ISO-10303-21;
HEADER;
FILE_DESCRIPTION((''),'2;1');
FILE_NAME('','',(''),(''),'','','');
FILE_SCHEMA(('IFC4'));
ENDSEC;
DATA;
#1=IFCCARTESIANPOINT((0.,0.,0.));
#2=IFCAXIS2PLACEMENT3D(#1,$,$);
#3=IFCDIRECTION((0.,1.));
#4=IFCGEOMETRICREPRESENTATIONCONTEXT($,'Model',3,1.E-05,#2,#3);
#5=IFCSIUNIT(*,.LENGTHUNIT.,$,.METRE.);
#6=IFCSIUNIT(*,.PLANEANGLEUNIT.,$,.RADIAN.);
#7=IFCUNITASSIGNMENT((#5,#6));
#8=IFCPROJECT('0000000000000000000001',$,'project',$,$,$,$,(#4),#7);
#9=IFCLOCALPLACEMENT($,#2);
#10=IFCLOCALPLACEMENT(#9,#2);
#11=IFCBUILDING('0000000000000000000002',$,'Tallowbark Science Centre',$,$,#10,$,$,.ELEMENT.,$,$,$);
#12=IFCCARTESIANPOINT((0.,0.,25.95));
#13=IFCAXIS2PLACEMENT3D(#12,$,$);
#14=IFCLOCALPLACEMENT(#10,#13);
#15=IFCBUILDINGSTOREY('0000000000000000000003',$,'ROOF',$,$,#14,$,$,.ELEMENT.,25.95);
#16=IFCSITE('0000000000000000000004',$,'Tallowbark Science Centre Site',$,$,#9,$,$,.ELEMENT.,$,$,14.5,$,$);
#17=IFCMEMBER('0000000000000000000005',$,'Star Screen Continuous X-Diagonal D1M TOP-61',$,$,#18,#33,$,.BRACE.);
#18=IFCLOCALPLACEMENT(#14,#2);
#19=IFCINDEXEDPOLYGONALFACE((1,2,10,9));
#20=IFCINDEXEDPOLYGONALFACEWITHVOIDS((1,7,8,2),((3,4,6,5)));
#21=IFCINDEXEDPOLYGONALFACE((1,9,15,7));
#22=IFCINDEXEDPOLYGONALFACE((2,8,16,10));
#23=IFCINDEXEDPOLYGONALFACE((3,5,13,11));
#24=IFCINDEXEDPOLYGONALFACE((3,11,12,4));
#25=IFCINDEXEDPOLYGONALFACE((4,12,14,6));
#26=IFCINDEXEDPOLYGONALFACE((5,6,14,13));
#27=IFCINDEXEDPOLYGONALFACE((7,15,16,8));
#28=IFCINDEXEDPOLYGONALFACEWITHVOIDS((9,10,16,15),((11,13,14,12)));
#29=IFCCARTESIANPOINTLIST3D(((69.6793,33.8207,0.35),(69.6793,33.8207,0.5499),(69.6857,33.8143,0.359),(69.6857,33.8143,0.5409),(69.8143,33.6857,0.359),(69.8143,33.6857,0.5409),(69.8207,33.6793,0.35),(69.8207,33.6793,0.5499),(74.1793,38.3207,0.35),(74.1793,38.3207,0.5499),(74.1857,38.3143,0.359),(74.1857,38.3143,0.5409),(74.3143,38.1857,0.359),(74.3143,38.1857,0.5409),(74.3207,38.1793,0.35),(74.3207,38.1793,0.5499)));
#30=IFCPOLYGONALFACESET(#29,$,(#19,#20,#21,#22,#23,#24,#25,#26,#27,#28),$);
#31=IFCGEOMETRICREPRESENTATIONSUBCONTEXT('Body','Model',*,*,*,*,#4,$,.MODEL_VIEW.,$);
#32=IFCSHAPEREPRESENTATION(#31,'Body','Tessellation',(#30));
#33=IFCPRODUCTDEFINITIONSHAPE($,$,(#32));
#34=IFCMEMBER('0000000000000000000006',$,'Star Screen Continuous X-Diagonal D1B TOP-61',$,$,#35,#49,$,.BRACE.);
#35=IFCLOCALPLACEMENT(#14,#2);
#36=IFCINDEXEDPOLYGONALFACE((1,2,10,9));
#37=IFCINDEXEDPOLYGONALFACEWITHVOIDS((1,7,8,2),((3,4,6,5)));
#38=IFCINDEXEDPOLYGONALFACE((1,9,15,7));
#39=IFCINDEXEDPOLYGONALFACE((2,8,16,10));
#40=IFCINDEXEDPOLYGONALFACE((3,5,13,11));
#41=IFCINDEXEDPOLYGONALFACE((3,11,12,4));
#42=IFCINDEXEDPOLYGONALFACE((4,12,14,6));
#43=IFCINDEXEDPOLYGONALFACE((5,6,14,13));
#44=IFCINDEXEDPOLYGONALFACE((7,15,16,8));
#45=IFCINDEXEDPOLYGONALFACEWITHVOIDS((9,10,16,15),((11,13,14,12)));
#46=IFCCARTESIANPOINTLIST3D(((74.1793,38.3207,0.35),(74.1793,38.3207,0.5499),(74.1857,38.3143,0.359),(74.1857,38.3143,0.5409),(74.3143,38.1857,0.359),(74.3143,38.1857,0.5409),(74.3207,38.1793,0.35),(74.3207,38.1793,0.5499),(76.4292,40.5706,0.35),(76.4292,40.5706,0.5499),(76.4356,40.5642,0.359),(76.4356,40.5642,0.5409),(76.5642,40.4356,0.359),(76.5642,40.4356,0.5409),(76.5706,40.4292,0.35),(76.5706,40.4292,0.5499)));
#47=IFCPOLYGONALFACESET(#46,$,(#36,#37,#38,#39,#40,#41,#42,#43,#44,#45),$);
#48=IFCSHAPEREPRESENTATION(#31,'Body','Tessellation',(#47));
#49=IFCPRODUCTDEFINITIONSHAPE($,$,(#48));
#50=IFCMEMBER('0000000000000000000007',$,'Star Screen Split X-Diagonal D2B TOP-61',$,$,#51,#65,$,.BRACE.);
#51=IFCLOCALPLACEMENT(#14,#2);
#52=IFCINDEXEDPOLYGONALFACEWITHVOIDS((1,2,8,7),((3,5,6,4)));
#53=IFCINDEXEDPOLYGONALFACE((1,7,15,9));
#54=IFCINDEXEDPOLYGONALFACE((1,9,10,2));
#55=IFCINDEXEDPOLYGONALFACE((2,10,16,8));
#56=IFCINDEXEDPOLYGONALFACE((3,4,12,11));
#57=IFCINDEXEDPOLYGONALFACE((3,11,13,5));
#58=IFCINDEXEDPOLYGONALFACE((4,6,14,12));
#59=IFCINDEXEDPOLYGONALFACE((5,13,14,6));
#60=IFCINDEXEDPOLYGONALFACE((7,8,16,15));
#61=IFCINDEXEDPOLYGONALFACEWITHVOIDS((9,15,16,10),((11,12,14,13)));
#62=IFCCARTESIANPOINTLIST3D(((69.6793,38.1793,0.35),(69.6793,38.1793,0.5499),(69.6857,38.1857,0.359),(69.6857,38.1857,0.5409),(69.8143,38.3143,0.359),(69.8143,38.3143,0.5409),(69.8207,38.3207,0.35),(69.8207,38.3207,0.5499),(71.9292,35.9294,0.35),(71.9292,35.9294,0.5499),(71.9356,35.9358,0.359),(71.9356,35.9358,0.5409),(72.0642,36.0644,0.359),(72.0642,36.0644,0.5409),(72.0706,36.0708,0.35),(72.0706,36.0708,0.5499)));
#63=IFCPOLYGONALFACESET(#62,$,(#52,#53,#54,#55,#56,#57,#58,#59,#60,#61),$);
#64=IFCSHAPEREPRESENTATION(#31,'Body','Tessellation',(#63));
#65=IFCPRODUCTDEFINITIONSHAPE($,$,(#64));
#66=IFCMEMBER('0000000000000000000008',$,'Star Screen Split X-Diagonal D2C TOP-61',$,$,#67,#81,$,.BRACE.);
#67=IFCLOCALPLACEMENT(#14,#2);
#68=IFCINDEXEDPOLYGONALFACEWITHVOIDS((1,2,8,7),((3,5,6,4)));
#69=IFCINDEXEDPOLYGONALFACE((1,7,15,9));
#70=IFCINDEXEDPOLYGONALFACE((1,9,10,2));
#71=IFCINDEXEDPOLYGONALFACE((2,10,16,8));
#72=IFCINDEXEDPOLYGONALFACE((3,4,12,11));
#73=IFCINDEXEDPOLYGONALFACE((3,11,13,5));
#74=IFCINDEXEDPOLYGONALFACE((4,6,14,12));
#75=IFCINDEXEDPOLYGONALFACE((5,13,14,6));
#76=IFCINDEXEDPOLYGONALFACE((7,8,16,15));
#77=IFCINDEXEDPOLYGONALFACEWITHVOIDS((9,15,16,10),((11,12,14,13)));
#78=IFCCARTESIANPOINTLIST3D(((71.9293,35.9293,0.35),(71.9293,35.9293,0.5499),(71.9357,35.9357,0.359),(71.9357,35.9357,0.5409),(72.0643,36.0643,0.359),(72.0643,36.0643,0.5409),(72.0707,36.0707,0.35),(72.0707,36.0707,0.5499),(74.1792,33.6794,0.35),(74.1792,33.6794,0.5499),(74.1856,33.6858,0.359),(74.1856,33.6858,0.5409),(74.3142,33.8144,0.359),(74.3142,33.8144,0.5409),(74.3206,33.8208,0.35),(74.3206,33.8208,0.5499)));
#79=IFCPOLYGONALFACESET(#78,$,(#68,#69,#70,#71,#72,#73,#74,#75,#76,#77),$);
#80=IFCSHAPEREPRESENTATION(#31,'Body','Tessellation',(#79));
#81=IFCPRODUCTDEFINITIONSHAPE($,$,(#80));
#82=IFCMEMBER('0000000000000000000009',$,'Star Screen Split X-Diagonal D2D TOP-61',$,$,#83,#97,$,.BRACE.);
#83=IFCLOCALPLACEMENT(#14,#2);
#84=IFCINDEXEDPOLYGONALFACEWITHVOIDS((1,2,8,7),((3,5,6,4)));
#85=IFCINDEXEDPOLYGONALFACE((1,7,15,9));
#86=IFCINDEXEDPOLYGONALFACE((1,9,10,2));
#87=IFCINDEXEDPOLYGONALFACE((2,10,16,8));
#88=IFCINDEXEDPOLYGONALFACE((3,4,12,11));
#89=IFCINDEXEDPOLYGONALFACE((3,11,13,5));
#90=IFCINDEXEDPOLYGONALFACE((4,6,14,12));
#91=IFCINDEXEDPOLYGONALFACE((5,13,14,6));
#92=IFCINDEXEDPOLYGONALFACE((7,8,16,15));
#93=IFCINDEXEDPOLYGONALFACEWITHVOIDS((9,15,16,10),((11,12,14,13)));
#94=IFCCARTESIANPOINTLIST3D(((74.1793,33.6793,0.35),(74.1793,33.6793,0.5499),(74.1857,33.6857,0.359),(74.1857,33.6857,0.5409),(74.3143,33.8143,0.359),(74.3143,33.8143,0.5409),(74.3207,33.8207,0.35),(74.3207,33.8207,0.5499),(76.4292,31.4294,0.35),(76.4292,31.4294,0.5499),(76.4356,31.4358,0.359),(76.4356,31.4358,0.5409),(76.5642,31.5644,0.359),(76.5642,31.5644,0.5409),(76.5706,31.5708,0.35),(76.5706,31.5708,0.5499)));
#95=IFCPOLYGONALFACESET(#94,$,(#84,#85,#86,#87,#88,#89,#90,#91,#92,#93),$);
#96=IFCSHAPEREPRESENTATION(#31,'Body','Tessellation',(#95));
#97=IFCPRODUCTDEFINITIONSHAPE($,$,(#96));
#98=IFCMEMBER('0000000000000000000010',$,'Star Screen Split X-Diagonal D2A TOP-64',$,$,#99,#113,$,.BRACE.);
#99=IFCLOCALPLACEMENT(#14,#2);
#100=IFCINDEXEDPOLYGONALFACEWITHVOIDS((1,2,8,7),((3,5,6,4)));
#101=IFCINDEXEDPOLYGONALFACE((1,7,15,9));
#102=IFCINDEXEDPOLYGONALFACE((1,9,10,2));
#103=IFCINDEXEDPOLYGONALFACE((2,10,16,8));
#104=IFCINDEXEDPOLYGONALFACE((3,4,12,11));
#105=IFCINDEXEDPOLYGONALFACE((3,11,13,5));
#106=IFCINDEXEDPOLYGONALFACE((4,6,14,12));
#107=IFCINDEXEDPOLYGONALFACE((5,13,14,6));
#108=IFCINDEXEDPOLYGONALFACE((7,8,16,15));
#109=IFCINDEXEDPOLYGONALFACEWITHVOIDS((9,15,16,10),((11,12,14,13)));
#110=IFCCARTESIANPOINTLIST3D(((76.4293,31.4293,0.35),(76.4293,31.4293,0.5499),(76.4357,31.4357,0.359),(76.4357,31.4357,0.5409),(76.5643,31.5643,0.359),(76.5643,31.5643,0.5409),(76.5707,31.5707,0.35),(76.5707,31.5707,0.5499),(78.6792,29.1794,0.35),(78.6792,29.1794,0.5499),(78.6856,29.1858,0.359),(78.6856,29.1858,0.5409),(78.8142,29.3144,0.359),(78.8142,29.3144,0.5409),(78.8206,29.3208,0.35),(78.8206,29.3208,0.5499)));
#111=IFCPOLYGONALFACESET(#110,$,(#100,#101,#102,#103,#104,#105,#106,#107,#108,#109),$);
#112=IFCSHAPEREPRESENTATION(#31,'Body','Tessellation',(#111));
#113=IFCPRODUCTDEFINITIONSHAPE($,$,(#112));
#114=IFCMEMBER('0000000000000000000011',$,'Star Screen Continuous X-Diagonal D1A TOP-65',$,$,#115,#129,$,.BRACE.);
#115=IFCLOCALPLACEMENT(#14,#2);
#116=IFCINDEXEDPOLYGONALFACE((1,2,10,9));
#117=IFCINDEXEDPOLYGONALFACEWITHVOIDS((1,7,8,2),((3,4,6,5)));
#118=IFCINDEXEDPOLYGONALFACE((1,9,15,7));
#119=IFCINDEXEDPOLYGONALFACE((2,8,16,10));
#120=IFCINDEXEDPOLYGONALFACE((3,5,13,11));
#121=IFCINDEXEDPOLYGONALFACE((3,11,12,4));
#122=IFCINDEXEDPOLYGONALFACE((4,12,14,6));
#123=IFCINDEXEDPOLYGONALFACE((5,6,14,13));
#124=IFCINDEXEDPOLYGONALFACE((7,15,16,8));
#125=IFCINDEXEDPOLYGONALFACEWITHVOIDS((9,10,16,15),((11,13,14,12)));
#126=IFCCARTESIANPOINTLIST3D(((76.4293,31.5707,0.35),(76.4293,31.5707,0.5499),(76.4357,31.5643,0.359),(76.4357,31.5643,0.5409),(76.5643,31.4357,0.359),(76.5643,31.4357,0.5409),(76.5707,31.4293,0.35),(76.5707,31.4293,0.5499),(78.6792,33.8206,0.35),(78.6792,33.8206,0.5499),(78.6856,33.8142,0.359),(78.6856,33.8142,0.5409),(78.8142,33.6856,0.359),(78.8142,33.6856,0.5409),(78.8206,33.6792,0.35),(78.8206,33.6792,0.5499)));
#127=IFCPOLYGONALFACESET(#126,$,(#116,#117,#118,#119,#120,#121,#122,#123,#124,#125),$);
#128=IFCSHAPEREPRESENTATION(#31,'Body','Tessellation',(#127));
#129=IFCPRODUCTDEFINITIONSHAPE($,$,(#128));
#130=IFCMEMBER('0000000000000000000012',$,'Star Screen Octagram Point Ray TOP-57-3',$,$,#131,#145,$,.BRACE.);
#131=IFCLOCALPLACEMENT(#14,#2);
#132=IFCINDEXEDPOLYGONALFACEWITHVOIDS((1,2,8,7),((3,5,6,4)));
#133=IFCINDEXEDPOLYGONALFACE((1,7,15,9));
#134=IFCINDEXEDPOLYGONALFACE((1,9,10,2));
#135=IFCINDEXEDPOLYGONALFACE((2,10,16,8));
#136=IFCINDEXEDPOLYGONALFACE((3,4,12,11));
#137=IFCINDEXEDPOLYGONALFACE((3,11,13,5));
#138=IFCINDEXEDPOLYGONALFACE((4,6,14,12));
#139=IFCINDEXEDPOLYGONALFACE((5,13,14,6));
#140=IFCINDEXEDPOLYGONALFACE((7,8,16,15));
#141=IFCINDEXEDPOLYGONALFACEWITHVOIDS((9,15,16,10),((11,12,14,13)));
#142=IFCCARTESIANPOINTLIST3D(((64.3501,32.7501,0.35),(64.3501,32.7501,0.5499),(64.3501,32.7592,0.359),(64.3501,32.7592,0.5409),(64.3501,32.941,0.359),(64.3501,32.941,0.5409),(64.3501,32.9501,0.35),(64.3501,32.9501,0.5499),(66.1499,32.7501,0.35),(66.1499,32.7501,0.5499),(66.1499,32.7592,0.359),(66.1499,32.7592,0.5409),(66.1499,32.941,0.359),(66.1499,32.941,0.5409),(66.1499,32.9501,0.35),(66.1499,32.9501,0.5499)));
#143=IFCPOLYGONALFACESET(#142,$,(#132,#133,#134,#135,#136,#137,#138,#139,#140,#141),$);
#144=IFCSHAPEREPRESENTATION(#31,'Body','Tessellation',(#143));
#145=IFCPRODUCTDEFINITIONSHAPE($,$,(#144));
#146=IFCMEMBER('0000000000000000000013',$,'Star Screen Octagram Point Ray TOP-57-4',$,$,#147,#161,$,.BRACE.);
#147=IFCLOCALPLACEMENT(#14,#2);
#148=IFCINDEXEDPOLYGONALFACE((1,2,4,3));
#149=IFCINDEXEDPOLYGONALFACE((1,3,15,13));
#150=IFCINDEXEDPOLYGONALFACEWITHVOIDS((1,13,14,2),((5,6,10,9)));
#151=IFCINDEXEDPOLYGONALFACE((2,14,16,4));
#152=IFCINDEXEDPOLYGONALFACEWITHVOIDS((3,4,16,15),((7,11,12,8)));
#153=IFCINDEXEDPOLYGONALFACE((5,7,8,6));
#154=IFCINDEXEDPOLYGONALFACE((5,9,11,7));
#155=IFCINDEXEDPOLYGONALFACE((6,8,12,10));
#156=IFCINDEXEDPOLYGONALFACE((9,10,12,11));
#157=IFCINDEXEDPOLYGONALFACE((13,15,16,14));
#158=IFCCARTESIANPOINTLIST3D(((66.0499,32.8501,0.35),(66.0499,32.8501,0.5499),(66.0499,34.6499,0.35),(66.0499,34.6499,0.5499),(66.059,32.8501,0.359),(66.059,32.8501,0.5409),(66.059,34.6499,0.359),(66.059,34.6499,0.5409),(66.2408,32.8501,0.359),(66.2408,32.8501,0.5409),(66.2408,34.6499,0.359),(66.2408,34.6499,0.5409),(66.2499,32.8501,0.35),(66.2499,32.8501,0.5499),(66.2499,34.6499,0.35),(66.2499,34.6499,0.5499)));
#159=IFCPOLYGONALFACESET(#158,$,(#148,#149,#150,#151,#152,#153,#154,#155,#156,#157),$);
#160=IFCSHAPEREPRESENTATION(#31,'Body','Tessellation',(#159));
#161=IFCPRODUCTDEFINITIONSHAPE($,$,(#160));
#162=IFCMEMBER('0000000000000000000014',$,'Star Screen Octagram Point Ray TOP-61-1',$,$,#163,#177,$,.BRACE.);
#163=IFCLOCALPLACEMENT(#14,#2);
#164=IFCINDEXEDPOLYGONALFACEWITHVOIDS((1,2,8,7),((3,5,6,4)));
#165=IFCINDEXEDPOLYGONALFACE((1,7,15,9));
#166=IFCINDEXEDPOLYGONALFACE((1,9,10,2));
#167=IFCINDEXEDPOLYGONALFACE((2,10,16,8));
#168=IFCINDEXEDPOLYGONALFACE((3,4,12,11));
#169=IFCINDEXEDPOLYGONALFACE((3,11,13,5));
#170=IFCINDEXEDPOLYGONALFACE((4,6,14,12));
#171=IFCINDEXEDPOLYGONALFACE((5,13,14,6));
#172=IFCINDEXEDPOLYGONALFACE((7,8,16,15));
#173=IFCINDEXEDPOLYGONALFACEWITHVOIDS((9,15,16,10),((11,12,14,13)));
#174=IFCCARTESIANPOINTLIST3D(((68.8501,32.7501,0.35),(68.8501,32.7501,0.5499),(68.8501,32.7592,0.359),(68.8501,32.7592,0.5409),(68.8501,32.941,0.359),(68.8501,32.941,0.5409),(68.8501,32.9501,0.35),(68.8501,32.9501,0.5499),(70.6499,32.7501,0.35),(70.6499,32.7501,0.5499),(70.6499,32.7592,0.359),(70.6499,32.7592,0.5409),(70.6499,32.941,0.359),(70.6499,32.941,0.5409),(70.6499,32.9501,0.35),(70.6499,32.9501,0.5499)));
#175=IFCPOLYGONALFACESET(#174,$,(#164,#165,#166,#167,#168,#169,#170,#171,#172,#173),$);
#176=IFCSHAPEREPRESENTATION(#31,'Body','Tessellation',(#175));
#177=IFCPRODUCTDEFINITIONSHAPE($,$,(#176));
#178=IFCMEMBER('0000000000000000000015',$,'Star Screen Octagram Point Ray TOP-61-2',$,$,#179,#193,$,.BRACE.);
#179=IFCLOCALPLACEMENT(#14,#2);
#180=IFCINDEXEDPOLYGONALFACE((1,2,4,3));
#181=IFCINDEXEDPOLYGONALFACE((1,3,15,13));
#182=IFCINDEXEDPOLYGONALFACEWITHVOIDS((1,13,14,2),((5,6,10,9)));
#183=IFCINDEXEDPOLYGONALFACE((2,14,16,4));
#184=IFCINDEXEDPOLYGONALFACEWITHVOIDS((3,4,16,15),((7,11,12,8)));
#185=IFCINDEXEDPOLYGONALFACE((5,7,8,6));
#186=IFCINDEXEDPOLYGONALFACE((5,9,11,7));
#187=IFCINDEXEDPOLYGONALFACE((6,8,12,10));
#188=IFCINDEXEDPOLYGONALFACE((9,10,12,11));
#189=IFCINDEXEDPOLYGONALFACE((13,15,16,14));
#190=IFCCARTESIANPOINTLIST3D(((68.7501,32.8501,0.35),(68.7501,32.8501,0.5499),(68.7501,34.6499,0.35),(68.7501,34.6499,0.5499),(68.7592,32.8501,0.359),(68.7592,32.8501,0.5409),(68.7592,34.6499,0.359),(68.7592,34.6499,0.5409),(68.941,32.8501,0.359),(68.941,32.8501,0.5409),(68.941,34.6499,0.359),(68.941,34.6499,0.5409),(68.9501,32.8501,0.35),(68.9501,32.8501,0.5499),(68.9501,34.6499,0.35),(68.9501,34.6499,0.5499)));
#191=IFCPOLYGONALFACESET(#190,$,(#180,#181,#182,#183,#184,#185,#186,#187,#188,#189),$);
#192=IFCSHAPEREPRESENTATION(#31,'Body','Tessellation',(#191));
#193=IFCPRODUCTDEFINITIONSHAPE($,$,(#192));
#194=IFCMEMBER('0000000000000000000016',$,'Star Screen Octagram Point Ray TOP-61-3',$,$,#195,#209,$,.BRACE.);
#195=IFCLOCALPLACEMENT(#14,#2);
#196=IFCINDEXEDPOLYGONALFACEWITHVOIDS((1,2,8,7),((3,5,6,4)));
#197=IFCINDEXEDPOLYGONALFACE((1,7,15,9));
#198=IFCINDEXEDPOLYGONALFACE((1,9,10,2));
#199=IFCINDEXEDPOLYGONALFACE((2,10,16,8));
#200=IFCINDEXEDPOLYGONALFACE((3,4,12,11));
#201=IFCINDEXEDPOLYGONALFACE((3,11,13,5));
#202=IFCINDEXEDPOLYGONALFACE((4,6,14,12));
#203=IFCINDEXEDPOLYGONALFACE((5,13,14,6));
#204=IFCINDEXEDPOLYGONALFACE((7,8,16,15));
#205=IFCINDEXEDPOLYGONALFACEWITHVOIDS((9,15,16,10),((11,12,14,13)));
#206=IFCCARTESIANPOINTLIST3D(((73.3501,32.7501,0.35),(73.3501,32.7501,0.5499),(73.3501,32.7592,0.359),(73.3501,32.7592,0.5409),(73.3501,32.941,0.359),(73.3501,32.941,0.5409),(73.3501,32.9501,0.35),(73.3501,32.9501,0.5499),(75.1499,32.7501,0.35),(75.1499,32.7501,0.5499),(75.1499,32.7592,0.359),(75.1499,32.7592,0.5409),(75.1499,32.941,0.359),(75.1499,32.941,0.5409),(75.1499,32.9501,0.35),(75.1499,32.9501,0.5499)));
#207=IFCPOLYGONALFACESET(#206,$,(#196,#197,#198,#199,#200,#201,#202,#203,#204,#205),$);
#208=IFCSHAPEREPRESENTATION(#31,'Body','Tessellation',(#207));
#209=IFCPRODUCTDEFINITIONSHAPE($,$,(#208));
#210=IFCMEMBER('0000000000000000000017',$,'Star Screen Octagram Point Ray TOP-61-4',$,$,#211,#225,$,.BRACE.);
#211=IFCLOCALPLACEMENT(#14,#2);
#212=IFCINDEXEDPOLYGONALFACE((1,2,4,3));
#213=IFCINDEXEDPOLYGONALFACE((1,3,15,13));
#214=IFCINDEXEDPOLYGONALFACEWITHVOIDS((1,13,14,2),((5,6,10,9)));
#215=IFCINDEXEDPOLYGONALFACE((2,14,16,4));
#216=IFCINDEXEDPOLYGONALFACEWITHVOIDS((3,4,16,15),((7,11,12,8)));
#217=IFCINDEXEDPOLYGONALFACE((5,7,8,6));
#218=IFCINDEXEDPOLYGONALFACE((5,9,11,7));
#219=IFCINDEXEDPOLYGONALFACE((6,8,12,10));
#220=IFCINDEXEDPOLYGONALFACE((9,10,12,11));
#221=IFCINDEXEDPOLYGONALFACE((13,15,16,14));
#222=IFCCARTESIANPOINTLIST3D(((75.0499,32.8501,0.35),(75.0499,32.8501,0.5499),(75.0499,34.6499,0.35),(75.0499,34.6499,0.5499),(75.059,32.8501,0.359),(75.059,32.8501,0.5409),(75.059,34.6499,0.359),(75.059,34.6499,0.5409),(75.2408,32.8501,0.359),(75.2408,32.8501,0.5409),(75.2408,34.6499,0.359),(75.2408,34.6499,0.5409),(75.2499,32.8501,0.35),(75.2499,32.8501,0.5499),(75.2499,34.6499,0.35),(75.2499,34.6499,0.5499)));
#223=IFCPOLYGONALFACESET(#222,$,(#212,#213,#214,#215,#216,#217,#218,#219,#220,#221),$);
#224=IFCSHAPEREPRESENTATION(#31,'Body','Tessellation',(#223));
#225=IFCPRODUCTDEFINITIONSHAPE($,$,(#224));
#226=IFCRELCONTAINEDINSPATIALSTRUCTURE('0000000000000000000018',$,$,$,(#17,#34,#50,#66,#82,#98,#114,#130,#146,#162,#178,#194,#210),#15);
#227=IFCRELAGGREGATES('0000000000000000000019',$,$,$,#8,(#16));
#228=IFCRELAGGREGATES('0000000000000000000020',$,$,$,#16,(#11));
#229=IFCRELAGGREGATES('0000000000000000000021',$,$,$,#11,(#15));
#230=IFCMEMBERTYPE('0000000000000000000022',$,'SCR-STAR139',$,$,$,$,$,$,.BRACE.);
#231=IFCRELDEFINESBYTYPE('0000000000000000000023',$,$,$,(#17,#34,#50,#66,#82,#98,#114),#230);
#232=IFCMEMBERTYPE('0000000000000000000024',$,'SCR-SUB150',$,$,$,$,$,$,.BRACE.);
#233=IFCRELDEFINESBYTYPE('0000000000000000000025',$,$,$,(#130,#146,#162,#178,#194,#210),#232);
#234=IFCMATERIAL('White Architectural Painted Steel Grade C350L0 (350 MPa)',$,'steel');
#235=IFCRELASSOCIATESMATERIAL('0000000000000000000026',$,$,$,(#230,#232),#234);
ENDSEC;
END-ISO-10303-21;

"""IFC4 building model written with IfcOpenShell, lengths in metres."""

from ifc_helpers import new_model, si_unit, direction, frame, origin, origin_2d, place, context, subcontext, project, spatial, hollow_rectangle, extrude, material, material_profile, profile_set, type_object, element, save


model = new_model("IFC4")

# Units and contexts
model_context = context("Model", 3, precision=1e-05, world=origin(), true_north=direction((0.0, 1.0)))
body_context = subcontext(model_context, "Body", "Model", "MODEL_VIEW")
ifc_project = project(units=[si_unit("LENGTHUNIT", "METRE"), si_unit("PLANEANGLEUNIT", "RADIAN")], contexts=[model_context])

# Site, building, storey
site_placement = place(None, origin())
site = spatial("IfcSite", under=ifc_project, at=site_placement, Name="Tallowbark Science Centre Site", CompositionType="ELEMENT", RefElevation=14.5)
building_placement = place(site_placement, origin())
building = spatial("IfcBuilding", under=site, at=building_placement, Name="Tallowbark Science Centre", CompositionType="ELEMENT")
storey_placement = place(building_placement, frame((0.0, 0.0, 25.95)))
storey = spatial("IfcBuildingStorey", under=building, at=storey_placement, Name="ROOF", CompositionType="ELEMENT", Elevation=25.95)

# Members
ifc_material_1 = material(Name="White Architectural Painted Steel Grade C350L0 (350 MPa)", Category="steel")
ifc_material_profile_1 = material_profile(ifc_material_1, hollow_rectangle(XDim=0.2, YDim=0.2, WallThickness=0.009, at=origin_2d()), Name="200x200x9.0SHS")
ifc_profile_set_1 = profile_set([ifc_material_profile_1], Name="White Architectural Painted Steel Grade C350L0 (350 MPa)")
member_type_1 = type_object("IfcMemberType", Name="SCR-STAR139", PredefinedType="BRACE", material=ifc_profile_set_1)
member_1_placement = place(storey_placement, frame((69.75, 33.75, 0.45), z_axis=(0.707107, 0.707107, 0.0), x_axis=(-0.707107, 0.707107, 0.0)))
element("IfcMember", 1, at=member_1_placement, inside=storey, type_object=member_type_1, Name="Star Screen Continuous X-Diagonal D1M TOP-61", PredefinedType="BRACE", context=body_context, shape_type="SweptSolid", body=[
    extrude(hollow_rectangle(XDim=0.2, YDim=0.2, WallThickness=0.009, at=origin_2d()), origin(), (0.0, 0.0, 1.0), 6.364),
])
for number, where, z_axis, x_axis, name in (
    (2, (74.25, 38.25, 0.45), (0.707107, 0.707107, 0.0), (-0.707107, 0.707107, 0.0), "Star Screen Continuous X-Diagonal D1B TOP-61"),
    (3, (69.75, 38.25, 0.45), (0.707107, -0.707107, 0.0), (0.707107, 0.707107, 0.0), "Star Screen Split X-Diagonal D2B TOP-61"),
    (4, (72.0, 36.0, 0.45), (0.707107, -0.707107, 0.0), (0.707107, 0.707107, 0.0), "Star Screen Split X-Diagonal D2C TOP-61"),
    (5, (74.25, 33.75, 0.45), (0.707107, -0.707107, 0.0), (0.707107, 0.707107, 0.0), "Star Screen Split X-Diagonal D2D TOP-61"),
    (6, (76.5, 31.5, 0.45), (0.707107, -0.707107, 0.0), (0.707107, 0.707107, 0.0), "Star Screen Split X-Diagonal D2A TOP-64"),
    (7, (76.5, 31.5, 0.45), (0.707107, 0.707107, 0.0), (-0.707107, 0.707107, 0.0), "Star Screen Continuous X-Diagonal D1A TOP-65"),
):
    element("IfcMember", number, at=place(storey_placement, frame(where, z_axis=z_axis, x_axis=x_axis)), inside=storey, type_object=member_type_1, Name=name, PredefinedType="BRACE", context=body_context, shape_type="SweptSolid", body=[
        extrude(hollow_rectangle(XDim=0.2, YDim=0.2, WallThickness=0.009, at=origin_2d()), origin(), (0.0, 0.0, 1.0), 3.1819),
    ])
ifc_material_profile_2 = material_profile(ifc_material_1, hollow_rectangle(XDim=0.2, YDim=0.2, WallThickness=0.009, at=origin_2d()), Name="200x200x9.0SHS")
ifc_profile_set_2 = profile_set([ifc_material_profile_2], Name="White Architectural Painted Steel Grade C350L0 (350 MPa)")
member_type_2 = type_object("IfcMemberType", Name="SCR-SUB150", PredefinedType="BRACE", material=ifc_profile_set_2)
for number, where, z_axis, x_axis, name in (
    (8, (66.1499, 32.8501, 0.45), (-1.0, 0.0, 0.0), (0.0, -1.0, 0.0), "Star Screen Octagram Point Ray TOP-57-3"),
    (9, (66.1499, 32.8501, 0.45), (0.0, 1.0, 0.0), (-1.0, 0.0, 0.0), "Star Screen Octagram Point Ray TOP-57-4"),
    (10, (68.8501, 32.8501, 0.45), (1.0, 0.0, 0.0), (0.0, 1.0, 0.0), "Star Screen Octagram Point Ray TOP-61-1"),
    (11, (68.8501, 32.8501, 0.45), (0.0, 1.0, 0.0), (-1.0, 0.0, 0.0), "Star Screen Octagram Point Ray TOP-61-2"),
    (12, (75.1499, 32.8501, 0.45), (-1.0, 0.0, 0.0), (0.0, -1.0, 0.0), "Star Screen Octagram Point Ray TOP-61-3"),
    (13, (75.1499, 32.8501, 0.45), (0.0, 1.0, 0.0), (-1.0, 0.0, 0.0), "Star Screen Octagram Point Ray TOP-61-4"),
):
    element("IfcMember", number, at=place(storey_placement, frame(where, z_axis=z_axis, x_axis=x_axis)), inside=storey, type_object=member_type_2, Name=name, PredefinedType="BRACE", context=body_context, shape_type="SweptSolid", body=[
        extrude(hollow_rectangle(XDim=0.2, YDim=0.2, WallThickness=0.009, at=origin_2d()), origin(), (0.0, 0.0, 1.0), 1.7998),
    ])

save(model, "model.ifc")
